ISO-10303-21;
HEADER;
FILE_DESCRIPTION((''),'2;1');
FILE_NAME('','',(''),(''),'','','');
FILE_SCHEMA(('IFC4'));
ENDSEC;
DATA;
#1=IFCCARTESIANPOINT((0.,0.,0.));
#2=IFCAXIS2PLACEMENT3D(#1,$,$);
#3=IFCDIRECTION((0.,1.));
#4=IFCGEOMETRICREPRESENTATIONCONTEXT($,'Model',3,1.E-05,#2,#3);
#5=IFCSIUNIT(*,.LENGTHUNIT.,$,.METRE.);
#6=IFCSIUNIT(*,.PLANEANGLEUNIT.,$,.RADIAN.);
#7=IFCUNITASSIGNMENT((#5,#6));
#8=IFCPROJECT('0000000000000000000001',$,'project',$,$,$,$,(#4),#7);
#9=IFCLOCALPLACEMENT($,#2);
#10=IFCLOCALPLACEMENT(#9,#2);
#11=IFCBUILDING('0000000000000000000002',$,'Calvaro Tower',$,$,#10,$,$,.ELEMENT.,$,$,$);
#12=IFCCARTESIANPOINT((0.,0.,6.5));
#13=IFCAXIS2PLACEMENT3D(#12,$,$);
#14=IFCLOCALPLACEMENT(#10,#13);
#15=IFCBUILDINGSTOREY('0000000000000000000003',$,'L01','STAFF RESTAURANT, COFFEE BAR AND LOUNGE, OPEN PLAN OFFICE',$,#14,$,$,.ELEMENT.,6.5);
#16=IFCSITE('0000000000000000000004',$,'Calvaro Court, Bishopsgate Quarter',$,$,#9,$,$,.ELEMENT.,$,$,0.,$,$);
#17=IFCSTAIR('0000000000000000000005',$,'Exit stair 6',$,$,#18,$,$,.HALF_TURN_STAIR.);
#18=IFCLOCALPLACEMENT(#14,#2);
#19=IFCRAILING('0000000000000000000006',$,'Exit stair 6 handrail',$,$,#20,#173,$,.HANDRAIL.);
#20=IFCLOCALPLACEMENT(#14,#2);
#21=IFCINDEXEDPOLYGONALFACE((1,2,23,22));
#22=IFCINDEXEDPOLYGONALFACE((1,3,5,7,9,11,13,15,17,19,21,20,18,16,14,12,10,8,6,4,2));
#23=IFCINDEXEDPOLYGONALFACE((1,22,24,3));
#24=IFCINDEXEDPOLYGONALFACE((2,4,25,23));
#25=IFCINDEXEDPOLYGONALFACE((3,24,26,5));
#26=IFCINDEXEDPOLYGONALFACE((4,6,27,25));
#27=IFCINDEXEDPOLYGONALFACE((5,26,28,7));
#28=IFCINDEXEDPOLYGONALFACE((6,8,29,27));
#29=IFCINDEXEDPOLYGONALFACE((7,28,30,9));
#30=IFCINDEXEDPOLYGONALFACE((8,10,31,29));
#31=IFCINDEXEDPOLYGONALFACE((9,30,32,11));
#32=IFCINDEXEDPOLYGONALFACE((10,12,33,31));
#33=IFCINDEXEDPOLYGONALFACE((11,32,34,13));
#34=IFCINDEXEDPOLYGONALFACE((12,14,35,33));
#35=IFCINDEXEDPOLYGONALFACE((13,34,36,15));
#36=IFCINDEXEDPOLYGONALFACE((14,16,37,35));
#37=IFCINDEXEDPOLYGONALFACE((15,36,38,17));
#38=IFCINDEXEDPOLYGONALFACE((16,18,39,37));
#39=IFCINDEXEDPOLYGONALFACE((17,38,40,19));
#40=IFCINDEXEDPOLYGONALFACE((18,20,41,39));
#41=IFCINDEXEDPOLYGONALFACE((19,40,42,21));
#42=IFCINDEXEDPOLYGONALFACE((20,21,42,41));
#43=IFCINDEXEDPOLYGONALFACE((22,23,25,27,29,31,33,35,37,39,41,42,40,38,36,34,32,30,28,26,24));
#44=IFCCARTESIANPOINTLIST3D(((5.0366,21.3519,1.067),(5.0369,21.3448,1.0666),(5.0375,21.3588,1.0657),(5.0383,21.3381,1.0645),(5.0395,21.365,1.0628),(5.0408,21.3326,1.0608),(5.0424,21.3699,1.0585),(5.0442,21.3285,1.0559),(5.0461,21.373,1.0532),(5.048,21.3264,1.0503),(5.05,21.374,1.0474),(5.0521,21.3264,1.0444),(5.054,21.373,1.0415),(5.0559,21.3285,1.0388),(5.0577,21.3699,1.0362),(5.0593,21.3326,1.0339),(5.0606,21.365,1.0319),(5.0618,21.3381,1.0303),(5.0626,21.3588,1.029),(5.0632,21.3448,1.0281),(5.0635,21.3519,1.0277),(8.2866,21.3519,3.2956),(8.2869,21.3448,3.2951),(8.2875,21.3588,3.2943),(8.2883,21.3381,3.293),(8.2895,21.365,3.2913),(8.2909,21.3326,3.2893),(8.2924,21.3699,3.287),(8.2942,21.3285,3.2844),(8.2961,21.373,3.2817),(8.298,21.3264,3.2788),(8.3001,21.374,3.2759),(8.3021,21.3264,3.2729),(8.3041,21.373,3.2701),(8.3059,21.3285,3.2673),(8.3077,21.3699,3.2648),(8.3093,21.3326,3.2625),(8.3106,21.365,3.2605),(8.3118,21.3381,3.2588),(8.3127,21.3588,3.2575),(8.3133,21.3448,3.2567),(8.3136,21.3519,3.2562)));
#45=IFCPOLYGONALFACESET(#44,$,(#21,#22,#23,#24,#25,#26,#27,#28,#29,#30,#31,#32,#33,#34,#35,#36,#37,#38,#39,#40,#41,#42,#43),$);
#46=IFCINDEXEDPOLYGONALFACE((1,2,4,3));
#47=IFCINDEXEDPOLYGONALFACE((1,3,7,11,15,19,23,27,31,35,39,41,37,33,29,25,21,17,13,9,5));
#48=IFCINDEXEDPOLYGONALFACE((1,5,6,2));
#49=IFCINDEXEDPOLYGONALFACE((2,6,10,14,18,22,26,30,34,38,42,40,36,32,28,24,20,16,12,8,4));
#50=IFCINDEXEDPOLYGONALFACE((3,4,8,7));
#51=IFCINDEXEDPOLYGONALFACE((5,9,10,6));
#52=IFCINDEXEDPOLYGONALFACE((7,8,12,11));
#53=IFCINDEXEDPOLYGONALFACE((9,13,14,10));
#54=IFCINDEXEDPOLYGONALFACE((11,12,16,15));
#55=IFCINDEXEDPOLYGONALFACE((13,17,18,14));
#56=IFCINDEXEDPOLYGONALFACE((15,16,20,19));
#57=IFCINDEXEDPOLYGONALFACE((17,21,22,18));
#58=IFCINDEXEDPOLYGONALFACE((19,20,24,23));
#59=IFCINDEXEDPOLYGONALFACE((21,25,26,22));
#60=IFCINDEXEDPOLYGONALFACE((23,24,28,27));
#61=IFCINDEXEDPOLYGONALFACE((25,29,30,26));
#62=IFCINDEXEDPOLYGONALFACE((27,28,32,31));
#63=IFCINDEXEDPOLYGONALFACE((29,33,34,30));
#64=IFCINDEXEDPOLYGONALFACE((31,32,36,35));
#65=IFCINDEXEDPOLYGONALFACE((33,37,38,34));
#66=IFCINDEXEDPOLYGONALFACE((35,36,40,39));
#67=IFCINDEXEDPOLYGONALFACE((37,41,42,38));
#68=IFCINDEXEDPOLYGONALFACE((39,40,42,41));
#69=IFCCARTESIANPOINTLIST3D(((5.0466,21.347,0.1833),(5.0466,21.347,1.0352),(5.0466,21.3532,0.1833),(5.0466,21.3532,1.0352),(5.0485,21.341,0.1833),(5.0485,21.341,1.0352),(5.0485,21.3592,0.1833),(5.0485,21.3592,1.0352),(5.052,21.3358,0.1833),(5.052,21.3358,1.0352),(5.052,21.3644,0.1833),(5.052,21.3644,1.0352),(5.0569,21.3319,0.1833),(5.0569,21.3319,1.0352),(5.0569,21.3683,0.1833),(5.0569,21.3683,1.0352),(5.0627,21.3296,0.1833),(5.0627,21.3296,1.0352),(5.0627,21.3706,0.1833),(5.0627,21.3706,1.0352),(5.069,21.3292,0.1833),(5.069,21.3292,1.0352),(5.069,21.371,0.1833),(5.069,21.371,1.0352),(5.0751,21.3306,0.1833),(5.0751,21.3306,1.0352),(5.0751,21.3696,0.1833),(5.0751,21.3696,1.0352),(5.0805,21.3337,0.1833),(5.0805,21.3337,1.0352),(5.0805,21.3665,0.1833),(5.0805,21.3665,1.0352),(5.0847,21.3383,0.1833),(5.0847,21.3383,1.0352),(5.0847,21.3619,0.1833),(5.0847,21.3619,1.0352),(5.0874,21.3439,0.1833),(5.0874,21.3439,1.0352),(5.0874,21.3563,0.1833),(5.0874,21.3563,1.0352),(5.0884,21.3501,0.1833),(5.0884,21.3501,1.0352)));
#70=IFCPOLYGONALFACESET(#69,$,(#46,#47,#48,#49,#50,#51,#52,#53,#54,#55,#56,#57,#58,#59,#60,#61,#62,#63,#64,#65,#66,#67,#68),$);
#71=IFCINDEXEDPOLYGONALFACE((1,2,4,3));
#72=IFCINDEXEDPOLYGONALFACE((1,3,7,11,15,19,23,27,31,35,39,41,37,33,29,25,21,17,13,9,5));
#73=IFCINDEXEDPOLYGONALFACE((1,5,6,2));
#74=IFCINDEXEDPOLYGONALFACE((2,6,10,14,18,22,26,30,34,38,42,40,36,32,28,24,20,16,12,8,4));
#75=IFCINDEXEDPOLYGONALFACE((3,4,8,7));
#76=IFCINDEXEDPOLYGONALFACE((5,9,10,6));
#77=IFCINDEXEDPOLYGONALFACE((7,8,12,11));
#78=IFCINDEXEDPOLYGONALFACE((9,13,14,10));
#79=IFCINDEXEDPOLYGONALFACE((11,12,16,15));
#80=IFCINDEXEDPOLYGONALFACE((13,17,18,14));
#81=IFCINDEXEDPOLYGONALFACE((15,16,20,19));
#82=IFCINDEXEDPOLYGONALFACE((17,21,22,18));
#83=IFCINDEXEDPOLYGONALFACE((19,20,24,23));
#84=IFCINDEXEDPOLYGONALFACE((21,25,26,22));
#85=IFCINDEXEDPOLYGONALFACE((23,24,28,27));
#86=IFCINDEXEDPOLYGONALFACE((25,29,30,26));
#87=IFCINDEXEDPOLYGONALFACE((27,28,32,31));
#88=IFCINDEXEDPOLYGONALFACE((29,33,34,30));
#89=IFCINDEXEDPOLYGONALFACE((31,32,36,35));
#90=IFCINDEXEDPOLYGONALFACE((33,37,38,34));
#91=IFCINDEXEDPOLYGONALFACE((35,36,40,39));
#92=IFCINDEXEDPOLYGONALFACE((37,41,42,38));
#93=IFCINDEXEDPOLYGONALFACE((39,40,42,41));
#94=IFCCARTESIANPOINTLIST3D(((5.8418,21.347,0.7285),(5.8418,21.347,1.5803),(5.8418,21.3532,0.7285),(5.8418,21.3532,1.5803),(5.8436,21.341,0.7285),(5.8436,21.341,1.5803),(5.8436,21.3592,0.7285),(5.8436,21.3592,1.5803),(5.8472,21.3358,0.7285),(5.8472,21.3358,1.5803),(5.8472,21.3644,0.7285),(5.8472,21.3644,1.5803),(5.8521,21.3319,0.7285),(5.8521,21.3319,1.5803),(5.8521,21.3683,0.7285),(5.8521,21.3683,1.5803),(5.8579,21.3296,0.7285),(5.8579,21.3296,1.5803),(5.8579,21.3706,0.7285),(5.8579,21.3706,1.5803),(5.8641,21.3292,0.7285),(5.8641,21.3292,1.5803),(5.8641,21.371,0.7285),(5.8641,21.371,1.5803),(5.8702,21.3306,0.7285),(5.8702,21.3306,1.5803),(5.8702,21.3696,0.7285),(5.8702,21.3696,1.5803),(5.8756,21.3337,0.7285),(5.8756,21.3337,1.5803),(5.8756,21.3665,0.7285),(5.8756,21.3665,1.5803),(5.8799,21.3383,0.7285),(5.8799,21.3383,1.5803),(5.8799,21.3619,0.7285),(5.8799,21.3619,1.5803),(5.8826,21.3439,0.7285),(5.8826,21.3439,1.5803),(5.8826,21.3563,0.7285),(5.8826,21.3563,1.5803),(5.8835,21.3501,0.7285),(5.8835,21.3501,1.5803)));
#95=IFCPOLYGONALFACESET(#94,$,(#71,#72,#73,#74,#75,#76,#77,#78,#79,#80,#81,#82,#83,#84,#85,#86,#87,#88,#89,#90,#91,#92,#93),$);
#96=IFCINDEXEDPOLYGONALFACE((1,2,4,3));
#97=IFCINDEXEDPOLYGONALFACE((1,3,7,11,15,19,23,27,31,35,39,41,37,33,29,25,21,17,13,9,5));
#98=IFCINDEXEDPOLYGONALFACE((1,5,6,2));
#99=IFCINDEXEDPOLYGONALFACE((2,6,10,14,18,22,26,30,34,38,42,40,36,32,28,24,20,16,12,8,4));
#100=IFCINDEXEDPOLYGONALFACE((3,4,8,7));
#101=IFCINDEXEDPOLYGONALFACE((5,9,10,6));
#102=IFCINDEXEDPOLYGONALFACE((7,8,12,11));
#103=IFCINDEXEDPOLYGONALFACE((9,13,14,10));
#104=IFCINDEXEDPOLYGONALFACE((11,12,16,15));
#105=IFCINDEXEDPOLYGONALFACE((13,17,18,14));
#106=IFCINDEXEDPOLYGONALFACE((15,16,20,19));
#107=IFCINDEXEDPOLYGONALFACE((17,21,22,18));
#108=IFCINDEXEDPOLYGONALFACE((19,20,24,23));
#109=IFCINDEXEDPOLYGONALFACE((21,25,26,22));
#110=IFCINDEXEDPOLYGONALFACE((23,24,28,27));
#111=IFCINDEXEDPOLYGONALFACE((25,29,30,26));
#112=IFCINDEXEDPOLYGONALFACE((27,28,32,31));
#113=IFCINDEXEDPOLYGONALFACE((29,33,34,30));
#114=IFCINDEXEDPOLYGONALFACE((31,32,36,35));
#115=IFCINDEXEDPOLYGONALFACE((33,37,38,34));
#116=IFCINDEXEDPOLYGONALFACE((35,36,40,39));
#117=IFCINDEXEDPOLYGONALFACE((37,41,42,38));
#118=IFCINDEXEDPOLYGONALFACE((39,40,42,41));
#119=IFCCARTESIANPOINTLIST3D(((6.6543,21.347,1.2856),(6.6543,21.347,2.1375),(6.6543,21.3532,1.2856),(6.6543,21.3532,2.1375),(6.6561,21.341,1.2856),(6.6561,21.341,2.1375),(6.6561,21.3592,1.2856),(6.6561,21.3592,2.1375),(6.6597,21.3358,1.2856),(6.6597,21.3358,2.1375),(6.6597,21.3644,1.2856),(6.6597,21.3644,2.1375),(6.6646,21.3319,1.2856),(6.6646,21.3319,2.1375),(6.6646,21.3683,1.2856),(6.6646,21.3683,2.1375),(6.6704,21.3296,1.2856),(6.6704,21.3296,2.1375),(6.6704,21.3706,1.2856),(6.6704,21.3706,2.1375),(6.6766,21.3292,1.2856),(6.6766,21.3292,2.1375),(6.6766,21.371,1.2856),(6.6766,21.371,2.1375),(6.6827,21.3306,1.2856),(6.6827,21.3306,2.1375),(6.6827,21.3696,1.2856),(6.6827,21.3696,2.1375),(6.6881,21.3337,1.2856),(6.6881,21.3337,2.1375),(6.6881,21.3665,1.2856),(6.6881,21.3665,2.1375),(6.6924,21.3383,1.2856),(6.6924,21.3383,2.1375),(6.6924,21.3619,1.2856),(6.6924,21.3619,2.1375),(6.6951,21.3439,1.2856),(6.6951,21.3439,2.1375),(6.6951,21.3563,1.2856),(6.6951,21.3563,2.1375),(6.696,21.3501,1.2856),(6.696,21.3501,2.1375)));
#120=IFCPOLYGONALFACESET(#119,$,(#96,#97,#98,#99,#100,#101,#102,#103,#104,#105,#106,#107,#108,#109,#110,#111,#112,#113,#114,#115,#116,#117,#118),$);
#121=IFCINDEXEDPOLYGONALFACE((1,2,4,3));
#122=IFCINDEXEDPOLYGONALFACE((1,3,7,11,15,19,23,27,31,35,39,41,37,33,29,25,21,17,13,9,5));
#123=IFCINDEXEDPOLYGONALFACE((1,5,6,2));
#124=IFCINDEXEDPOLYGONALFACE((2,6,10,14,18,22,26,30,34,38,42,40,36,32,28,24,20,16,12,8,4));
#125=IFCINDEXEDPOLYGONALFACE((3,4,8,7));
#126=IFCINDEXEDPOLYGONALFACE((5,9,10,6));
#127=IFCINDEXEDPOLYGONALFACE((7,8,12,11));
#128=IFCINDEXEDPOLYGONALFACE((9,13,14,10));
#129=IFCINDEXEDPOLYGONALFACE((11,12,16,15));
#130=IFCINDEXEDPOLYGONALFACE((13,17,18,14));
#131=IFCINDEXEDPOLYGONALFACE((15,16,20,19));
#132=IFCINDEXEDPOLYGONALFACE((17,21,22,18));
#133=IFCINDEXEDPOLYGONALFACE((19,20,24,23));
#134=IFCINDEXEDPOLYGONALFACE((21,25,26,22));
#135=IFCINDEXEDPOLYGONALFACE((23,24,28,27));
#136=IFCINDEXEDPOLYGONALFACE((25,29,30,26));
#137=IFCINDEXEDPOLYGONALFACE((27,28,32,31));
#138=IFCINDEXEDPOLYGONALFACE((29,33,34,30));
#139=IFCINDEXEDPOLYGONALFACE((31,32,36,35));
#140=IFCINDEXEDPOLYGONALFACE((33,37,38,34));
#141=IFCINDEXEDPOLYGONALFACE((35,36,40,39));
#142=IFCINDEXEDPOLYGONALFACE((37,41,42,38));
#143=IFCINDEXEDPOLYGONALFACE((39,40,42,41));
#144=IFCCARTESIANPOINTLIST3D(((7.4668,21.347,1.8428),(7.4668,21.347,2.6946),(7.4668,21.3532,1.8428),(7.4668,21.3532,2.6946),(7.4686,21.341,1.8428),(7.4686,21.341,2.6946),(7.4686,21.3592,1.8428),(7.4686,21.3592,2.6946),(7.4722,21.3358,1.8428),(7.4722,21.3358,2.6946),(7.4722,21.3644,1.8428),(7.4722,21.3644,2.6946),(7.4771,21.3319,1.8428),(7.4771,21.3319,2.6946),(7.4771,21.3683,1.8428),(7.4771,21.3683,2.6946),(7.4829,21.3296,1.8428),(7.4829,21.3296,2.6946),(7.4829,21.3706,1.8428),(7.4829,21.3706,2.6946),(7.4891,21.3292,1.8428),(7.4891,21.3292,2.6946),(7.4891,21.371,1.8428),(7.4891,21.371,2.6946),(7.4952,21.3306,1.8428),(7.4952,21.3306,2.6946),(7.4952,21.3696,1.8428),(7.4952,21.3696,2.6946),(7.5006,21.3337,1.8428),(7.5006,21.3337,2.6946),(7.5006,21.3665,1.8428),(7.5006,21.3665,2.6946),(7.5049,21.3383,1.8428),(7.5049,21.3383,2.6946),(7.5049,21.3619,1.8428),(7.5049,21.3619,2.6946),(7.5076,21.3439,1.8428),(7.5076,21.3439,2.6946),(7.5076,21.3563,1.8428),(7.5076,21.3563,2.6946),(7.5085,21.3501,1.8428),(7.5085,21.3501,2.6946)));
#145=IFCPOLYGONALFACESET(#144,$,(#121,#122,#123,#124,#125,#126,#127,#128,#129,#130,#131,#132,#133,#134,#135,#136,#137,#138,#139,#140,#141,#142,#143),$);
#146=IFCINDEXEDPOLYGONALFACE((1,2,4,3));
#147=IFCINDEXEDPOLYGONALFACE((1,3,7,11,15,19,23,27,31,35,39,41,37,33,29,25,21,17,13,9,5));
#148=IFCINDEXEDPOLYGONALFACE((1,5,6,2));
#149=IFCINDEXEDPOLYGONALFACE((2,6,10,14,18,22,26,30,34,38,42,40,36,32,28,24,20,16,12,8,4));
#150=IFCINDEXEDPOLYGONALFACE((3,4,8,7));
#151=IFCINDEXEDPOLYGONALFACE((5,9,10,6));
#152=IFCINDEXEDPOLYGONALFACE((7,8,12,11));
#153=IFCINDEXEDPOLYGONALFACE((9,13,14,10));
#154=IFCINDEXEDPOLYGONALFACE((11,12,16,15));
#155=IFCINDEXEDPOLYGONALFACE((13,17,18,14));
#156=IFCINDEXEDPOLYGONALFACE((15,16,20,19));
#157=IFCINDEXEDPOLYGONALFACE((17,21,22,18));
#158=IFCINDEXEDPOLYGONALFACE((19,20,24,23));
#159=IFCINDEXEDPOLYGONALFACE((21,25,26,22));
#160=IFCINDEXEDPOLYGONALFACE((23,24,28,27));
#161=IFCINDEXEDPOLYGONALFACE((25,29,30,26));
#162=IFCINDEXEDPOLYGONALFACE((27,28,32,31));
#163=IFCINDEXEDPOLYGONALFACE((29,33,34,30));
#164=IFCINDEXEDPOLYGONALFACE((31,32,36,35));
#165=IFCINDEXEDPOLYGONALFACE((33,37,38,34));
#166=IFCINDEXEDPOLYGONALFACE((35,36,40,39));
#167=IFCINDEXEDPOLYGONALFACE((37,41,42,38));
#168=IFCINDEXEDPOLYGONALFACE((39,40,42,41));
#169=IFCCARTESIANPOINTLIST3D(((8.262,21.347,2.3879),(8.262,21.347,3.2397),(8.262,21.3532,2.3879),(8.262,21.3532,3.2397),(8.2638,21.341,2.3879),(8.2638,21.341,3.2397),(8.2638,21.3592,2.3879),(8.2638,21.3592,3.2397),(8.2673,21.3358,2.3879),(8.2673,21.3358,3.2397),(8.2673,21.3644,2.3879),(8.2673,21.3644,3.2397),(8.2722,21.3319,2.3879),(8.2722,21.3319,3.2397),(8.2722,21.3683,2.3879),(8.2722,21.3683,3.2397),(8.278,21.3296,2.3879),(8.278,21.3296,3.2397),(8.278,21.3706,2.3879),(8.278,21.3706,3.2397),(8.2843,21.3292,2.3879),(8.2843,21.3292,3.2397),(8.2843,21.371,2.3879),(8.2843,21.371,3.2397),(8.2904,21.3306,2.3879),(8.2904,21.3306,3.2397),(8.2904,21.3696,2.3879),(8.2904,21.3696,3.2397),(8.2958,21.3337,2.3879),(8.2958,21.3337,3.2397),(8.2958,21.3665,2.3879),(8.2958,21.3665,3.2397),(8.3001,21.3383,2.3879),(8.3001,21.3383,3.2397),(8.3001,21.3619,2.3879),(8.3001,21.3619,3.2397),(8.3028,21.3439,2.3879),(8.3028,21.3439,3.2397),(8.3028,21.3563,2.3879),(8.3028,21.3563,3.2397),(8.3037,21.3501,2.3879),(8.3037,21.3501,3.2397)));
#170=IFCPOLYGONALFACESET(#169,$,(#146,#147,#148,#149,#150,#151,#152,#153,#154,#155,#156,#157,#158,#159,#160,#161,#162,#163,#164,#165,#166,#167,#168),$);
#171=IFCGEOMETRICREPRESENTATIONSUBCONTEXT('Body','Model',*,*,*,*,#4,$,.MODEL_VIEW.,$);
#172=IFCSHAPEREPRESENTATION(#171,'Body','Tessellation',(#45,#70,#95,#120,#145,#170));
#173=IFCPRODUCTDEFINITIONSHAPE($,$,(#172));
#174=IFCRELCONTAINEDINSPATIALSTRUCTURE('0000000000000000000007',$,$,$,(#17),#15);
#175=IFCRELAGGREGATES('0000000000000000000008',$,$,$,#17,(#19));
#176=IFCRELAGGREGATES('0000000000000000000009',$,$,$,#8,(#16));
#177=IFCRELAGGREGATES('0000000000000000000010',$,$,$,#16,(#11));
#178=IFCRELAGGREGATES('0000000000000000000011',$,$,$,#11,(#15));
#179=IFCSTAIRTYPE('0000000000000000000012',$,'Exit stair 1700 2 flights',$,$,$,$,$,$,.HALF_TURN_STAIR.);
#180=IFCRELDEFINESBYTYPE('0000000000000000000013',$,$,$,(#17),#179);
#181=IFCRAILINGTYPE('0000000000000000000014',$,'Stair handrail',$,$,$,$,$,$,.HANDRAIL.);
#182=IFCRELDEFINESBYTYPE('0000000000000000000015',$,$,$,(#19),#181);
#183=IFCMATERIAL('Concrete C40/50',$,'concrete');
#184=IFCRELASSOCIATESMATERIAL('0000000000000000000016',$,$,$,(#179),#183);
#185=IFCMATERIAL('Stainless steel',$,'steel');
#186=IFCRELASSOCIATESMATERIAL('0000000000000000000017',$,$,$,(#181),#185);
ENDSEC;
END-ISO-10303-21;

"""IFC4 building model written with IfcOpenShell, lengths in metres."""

from ifc_helpers import new_model, si_unit, direction, frame, origin, origin_2d, place, context, subcontext, project, spatial, circle, extrude, material, type_object, element, aggregate, save


model = new_model("IFC4")

# Units and contexts
model_context = context("Model", 3, precision=1e-05, world=origin(), true_north=direction((0.0, 1.0)))
body_context = subcontext(model_context, "Body", "Model", "MODEL_VIEW")
ifc_project = project(units=[si_unit("LENGTHUNIT", "METRE"), si_unit("PLANEANGLEUNIT", "RADIAN")], contexts=[model_context])

# Site, building, storey
site_placement = place(None, origin())
site = spatial("IfcSite", under=ifc_project, at=site_placement, Name="Calvaro Court, Bishopsgate Quarter", CompositionType="ELEMENT", RefElevation=0.0)
building_placement = place(site_placement, origin())
building = spatial("IfcBuilding", under=site, at=building_placement, Name="Calvaro Tower", CompositionType="ELEMENT")
storey_placement = place(building_placement, frame((0.0, 0.0, 6.5)))
storey = spatial("IfcBuildingStorey", under=building, at=storey_placement, Name="L01", Description="STAFF RESTAURANT, COFFEE BAR AND LOUNGE, OPEN PLAN OFFICE", CompositionType="ELEMENT", Elevation=6.5)

# Stair, railing
ifc_material_1 = material(Name="Concrete C40/50", Category="concrete")
stair_type = type_object("IfcStairType", Name="Exit stair 1700 2 flights", PredefinedType="HALF_TURN_STAIR", material=ifc_material_1)
stair_placement = place(storey_placement, origin())
stair = element("IfcStair", 1, at=stair_placement, inside=storey, type_object=stair_type, Name="Exit stair 6", PredefinedType="HALF_TURN_STAIR")
ifc_material_2 = material(Name="Stainless steel", Category="steel")
railing_type = type_object("IfcRailingType", Name="Stair handrail", PredefinedType="HANDRAIL", material=ifc_material_2)
railing_placement = place(storey_placement, frame((5.05, 21.3501, 0.1714)))
railing = element("IfcRailing", 2, at=railing_placement, type_object=railing_type, Name="Exit stair 6 handrail", PredefinedType="HANDRAIL", context=body_context, shape_type="SweptSolid", body=[
    extrude(circle(Radius=0.0239, at=origin_2d()), frame((0.0, 0.0, 0.876), z_axis=(0.824735, 0.0, 0.565519), x_axis=(0.0, 1.0, 0.0)), (0.0, 0.0, 1.0), 3.9407),
    extrude(circle(Radius=0.021, at=origin_2d()), frame((0.0173, 0.0, 0.012)), (0.0, 0.0, 1.0), 0.8518),
    extrude(circle(Radius=0.021, at=origin_2d()), frame((0.8125, 0.0, 0.5571)), (0.0, 0.0, 1.0), 0.8518),
    extrude(circle(Radius=0.021, at=origin_2d()), frame((1.625, 0.0, 1.1143)), (0.0, 0.0, 1.0), 0.8518),
    extrude(circle(Radius=0.021, at=origin_2d()), frame((2.4375, 0.0, 1.6714)), (0.0, 0.0, 1.0), 0.8518),
    extrude(circle(Radius=0.021, at=origin_2d()), frame((3.2327, 0.0, 2.2166)), (0.0, 0.0, 1.0), 0.8518),
])
aggregate(stair, [railing])

save(model, "model.ifc")
